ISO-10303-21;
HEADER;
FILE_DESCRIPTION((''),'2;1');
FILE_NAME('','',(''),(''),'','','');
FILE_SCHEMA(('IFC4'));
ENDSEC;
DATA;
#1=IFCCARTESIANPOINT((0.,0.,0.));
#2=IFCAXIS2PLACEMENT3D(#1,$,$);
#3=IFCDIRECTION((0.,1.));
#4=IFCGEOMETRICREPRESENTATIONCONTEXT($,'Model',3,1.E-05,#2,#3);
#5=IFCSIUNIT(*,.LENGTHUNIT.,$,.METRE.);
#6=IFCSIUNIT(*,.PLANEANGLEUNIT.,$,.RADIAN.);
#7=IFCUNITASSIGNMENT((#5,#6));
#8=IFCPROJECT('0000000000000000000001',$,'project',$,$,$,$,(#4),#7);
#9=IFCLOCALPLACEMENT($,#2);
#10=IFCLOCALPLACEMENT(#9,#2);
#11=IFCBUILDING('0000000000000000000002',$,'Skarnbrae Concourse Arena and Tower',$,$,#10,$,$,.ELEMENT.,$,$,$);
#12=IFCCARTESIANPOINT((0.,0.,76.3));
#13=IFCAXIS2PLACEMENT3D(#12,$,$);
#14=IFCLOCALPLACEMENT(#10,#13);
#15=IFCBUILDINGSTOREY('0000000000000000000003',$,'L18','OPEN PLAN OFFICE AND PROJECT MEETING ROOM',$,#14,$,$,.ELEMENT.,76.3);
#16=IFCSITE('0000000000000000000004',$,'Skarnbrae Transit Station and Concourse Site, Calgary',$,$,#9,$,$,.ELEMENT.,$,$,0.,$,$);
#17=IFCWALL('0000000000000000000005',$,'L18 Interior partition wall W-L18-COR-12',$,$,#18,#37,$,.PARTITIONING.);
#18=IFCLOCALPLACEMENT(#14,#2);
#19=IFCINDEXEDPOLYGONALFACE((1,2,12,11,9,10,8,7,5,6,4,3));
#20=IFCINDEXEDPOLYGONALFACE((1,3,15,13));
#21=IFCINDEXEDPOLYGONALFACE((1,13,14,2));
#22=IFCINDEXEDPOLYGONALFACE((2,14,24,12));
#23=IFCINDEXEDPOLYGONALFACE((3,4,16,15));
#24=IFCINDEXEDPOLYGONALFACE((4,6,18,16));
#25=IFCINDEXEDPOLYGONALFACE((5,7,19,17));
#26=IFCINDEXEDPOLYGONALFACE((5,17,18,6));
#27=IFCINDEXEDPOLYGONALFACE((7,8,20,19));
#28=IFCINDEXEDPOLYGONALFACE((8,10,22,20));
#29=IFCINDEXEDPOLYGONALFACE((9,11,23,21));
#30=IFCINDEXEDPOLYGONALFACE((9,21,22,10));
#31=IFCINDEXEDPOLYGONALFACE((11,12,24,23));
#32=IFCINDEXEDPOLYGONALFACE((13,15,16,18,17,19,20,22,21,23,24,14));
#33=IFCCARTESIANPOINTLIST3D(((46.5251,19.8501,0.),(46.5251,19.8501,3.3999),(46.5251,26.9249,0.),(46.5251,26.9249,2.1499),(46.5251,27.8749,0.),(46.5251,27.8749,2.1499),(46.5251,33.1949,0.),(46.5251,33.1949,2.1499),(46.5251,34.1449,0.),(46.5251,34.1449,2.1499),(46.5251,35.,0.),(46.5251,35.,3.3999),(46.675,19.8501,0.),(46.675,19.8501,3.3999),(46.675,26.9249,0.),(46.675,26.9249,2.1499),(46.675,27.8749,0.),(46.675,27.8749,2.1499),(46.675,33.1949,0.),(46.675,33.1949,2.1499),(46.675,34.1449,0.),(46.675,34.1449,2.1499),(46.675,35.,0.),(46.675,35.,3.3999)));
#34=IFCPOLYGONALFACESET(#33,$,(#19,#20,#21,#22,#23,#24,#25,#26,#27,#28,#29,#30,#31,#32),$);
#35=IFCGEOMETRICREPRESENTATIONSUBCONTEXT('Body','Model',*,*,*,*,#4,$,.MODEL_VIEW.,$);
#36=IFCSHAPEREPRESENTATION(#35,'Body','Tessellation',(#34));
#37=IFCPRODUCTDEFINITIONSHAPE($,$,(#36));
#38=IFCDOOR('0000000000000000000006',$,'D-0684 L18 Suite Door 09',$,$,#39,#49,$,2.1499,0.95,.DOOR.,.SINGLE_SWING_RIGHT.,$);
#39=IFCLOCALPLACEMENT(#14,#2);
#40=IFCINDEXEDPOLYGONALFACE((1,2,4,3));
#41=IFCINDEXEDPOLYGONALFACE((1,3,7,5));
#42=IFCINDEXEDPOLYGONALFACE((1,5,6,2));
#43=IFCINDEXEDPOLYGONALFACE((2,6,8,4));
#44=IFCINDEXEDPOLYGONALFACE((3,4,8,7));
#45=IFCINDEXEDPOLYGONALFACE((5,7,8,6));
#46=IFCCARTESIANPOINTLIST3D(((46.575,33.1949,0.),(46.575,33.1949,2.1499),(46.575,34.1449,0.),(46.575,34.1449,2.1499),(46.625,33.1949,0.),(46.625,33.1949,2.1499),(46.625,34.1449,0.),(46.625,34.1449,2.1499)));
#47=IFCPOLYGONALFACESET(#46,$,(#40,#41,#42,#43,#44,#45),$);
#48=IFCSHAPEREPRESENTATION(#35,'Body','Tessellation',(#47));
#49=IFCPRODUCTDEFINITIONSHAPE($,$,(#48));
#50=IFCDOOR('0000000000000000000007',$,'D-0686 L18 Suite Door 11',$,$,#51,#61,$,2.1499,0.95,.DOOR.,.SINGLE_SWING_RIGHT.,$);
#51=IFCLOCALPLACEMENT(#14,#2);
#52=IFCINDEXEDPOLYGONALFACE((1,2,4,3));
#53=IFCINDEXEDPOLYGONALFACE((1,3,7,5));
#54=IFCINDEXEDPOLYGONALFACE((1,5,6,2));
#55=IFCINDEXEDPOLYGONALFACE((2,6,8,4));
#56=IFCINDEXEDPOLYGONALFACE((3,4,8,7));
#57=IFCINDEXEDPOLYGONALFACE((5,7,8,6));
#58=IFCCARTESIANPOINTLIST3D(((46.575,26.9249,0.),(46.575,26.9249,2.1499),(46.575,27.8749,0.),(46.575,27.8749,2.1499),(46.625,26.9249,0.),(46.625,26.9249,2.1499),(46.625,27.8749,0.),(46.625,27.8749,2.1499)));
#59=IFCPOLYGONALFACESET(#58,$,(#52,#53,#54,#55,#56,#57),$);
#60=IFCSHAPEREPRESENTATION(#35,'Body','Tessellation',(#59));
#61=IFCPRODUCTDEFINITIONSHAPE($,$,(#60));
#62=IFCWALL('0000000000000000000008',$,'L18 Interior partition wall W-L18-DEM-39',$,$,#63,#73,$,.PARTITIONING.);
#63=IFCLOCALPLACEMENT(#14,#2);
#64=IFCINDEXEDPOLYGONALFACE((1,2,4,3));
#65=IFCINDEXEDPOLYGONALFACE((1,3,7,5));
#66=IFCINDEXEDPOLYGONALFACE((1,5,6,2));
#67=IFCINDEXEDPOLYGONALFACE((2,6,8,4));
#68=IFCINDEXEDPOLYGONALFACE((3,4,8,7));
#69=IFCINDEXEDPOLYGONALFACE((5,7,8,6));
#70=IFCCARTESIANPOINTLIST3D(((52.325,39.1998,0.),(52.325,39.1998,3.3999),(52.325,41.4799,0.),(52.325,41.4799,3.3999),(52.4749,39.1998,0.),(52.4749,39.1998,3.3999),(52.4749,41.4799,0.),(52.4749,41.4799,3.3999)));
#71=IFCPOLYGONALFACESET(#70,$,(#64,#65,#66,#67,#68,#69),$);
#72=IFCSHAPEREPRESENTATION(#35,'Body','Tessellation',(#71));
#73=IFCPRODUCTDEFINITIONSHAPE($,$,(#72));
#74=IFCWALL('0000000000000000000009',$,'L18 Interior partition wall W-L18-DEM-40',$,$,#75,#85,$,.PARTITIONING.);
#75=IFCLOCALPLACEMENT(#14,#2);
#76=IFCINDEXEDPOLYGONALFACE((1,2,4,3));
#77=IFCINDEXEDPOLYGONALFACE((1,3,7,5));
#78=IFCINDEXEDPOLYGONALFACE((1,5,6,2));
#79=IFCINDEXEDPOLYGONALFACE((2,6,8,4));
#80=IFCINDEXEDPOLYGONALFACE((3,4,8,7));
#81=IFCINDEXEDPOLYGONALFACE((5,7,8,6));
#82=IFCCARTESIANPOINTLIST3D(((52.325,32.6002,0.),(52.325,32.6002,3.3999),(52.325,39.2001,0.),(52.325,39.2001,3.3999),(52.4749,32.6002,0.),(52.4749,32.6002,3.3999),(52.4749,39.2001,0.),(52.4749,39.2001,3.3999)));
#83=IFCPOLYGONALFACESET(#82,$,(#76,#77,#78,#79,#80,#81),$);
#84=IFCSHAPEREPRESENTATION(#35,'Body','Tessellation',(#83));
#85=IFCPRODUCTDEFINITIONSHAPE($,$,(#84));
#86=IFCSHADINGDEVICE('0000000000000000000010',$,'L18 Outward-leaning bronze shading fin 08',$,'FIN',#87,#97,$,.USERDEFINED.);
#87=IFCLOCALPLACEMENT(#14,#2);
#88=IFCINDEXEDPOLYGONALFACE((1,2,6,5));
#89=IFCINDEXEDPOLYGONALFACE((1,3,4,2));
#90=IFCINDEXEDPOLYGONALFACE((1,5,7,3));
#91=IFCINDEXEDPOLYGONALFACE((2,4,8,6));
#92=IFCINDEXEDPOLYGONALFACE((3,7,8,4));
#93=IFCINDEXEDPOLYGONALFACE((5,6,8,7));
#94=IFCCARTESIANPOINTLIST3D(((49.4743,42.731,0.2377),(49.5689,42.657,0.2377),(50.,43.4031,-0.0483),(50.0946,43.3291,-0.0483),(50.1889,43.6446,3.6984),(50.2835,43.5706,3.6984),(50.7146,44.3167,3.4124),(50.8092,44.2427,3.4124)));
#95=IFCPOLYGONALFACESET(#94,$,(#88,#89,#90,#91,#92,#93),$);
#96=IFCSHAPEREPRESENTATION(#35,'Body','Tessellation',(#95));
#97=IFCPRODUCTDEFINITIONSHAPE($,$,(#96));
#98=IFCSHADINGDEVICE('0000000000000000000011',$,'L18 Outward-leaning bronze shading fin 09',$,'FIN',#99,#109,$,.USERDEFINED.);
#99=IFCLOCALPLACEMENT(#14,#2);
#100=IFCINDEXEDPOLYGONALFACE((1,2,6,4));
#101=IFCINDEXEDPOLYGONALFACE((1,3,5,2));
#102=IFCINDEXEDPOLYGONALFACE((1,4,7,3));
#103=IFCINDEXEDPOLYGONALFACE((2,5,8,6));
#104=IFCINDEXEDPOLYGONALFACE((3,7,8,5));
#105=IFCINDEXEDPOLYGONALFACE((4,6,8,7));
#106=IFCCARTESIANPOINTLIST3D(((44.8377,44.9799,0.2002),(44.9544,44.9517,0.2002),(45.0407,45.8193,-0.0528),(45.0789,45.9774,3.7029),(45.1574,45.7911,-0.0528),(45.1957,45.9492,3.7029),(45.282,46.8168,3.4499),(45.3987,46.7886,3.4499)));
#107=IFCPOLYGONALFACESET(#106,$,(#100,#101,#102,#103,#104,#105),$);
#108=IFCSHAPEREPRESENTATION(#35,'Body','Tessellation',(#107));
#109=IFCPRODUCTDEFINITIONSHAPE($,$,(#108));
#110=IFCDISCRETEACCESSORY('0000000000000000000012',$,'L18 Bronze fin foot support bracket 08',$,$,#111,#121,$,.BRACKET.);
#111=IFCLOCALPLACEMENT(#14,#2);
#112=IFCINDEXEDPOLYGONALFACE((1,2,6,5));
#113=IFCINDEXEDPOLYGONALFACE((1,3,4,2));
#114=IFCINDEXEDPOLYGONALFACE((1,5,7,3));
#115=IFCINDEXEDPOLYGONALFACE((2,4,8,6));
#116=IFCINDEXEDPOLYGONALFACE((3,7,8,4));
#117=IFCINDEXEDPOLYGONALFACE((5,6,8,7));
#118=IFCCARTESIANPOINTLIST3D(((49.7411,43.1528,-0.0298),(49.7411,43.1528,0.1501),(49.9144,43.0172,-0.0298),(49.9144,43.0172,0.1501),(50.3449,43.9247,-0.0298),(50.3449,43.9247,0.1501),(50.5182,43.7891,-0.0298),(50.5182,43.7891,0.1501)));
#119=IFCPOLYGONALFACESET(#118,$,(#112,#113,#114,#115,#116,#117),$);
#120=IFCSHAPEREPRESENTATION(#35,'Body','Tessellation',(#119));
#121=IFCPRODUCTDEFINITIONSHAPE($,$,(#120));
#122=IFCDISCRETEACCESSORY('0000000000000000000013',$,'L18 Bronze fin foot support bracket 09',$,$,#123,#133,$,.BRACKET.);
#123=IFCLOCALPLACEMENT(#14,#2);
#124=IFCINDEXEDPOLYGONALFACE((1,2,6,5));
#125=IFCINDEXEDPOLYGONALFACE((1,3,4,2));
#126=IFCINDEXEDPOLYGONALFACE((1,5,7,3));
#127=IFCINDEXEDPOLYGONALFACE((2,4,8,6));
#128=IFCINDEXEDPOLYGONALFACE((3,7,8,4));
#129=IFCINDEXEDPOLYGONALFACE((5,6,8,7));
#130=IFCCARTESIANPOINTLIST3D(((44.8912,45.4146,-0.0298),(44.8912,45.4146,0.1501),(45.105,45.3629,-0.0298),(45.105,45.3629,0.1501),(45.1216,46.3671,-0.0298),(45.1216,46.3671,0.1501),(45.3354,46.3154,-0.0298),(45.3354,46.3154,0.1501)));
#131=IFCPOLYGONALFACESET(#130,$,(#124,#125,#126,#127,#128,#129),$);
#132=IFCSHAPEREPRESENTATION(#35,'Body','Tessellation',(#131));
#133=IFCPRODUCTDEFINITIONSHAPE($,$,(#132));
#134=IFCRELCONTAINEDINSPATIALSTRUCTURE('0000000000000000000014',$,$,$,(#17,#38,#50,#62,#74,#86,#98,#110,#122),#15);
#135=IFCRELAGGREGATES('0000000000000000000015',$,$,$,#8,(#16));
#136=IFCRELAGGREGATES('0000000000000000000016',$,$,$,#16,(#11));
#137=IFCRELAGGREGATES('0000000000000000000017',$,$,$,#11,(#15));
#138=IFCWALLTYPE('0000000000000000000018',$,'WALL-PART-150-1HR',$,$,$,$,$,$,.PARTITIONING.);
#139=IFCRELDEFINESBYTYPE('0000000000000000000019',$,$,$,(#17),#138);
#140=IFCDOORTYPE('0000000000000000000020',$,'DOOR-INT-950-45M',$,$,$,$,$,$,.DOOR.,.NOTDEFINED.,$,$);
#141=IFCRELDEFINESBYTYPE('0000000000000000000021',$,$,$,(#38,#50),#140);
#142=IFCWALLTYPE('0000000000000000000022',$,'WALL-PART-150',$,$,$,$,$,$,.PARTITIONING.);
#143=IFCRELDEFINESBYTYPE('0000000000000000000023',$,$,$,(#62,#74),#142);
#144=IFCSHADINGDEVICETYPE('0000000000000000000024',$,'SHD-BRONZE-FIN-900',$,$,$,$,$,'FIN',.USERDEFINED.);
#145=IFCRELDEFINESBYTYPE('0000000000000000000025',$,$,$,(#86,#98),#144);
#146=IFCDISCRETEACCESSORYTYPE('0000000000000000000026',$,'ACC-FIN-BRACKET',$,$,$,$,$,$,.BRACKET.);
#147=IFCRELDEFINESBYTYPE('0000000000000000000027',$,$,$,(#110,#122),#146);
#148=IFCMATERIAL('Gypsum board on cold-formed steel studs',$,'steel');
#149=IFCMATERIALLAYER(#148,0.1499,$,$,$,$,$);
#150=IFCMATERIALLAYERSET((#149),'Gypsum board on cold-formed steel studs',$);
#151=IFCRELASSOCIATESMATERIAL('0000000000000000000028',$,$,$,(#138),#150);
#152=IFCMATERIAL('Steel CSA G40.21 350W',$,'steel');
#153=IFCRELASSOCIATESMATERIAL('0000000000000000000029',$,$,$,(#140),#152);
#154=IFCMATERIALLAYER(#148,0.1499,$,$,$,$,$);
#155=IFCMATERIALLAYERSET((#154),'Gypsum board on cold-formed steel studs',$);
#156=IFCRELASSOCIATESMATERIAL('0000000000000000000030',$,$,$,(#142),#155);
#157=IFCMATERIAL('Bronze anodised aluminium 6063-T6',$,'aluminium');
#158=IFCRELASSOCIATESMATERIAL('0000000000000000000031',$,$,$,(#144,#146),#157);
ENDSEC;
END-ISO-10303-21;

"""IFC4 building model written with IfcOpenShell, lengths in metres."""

from ifc_helpers import new_model, si_unit, direction, frame, frame_2d, origin, origin_2d, place, context, subcontext, project, spatial, rectangle, extrude, source, transform, mapped, material, layer, layer_set, type_object, element, fill, save


model = new_model("IFC4")

# Units and contexts
model_context = context("Model", 3, precision=1e-05, world=origin(), true_north=direction((0.0, 1.0)))
body_context = subcontext(model_context, "Body", "Model", "MODEL_VIEW")
ifc_project = project(units=[si_unit("LENGTHUNIT", "METRE"), si_unit("PLANEANGLEUNIT", "RADIAN")], contexts=[model_context])

# Site, building, storey
site_placement = place(None, origin())
site = spatial("IfcSite", under=ifc_project, at=site_placement, Name="Skarnbrae Transit Station and Concourse Site, Calgary", CompositionType="ELEMENT", RefElevation=0.0)
building_placement = place(site_placement, origin())
building = spatial("IfcBuilding", under=site, at=building_placement, Name="Skarnbrae Concourse Arena and Tower", CompositionType="ELEMENT")
storey_placement = place(building_placement, frame((0.0, 0.0, 76.3)))
storey = spatial("IfcBuildingStorey", under=building, at=storey_placement, Name="L18", Description="OPEN PLAN OFFICE AND PROJECT MEETING ROOM", CompositionType="ELEMENT", Elevation=76.3)

# Shared definitions
ifc_material_1 = material(Name="Steel CSA G40.21 350W", Category="steel")

# Shared definitions
ifc_material_2 = material(Name="Bronze anodised aluminium 6063-T6", Category="aluminium")

# Shared definitions
ifc_material_3 = material(Name="Gypsum board on cold-formed steel studs", Category="steel")
ifc_layer_1 = layer(ifc_material_3, 0.1499)
ifc_layer_set_1 = layer_set([ifc_layer_1], Name="Gypsum board on cold-formed steel studs")
wall_type_1 = type_object("IfcWallType", Name="WALL-PART-150-1HR", PredefinedType="PARTITIONING", material=ifc_layer_set_1)

# Wall, openings, doors
shared_shape_1 = source(origin(), body_context, "Body", "SweptSolid", [
    extrude(rectangle(XDim=15.1499, YDim=0.1499, at=frame_2d((7.575, 0.0))), origin(), (0.0, 0.0, 1.0), 3.3999),
])
wall_1_placement = place(storey_placement, frame((46.6001, 35.0, 0.0), z_axis=(0.0, 0.0, 1.0), x_axis=(0.0, -1.0, 0.0)))
wall_1 = element("IfcWall", 1, at=wall_1_placement, inside=storey, type_object=wall_type_1, Name="L18 Interior partition wall W-L18-COR-12", PredefinedType="PARTITIONING", context=body_context, shape_type="MappedRepresentation", body=[
    mapped(shared_shape_1, transform((0.0, 0.0, 0.0))),
])
opening_1_placement = place(wall_1_placement, frame((0.855, 0.0, 0.0)))
opening_1 = element("IfcOpeningElement", 2, at=opening_1_placement, cuts=wall_1, PredefinedType="OPENING", context=body_context, shape_type="SweptSolid", body=[
    extrude(rectangle(XDim=0.95, YDim=2.1499, at=frame_2d((0.4751, 1.075))), frame((0.0, 0.085, 0.0), z_axis=(0.0, -1.0, 0.0), x_axis=(1.0, 0.0, 0.0)), (0.0, 0.0, 1.0), 0.1699),
])
opening_2_placement = place(wall_1_placement, frame((7.125, 0.0, 0.0)))
opening_2 = element("IfcOpeningElement", 3, at=opening_2_placement, cuts=wall_1, PredefinedType="OPENING", context=body_context, shape_type="SweptSolid", body=[
    extrude(rectangle(XDim=0.95, YDim=2.1499, at=frame_2d((0.4751, 1.075))), frame((0.0, 0.085, 0.0), z_axis=(0.0, -1.0, 0.0), x_axis=(1.0, 0.0, 0.0)), (0.0, 0.0, 1.0), 0.1699),
])
door_type = type_object("IfcDoorType", Name="DOOR-INT-950-45M", OperationType="NOTDEFINED", PredefinedType="DOOR", material=ifc_material_1)
shared_shape_2 = source(origin(), body_context, "Body", "SweptSolid", [
    extrude(rectangle(XDim=0.95, YDim=2.1499, at=frame_2d((0.4751, 1.075))), frame((0.0, 0.0249, 0.0), z_axis=(0.0, -1.0, 0.0), x_axis=(1.0, 0.0, 0.0)), (0.0, 0.0, 1.0), 0.05),
])
door_1_placement = place(opening_1_placement, origin())
door_1 = element("IfcDoor", 4, at=door_1_placement, inside=storey, type_object=door_type, Name="D-0684 L18 Suite Door 09", OperationType="SINGLE_SWING_RIGHT", OverallHeight=2.1499, OverallWidth=0.95, PredefinedType="DOOR", context=body_context, shape_type="MappedRepresentation", body=[
    mapped(shared_shape_2, transform((0.0, 0.0, 0.0))),
])
fill(opening_1, door_1)
door_2_placement = place(opening_2_placement, origin())
door_2 = element("IfcDoor", 5, at=door_2_placement, inside=storey, type_object=door_type, Name="D-0686 L18 Suite Door 11", OperationType="SINGLE_SWING_RIGHT", OverallHeight=2.1499, OverallWidth=0.95, PredefinedType="DOOR", context=body_context, shape_type="MappedRepresentation", body=[
    mapped(shared_shape_2, transform((0.0, 0.0, 0.0))),
])
fill(opening_2, door_2)

# Walls
ifc_layer_2 = layer(ifc_material_3, 0.1499)
ifc_layer_set_2 = layer_set([ifc_layer_2], Name="Gypsum board on cold-formed steel studs")
wall_type_2 = type_object("IfcWallType", Name="WALL-PART-150", PredefinedType="PARTITIONING", material=ifc_layer_set_2)
shared_shape_3 = source(origin(), body_context, "Body", "SweptSolid", [
    extrude(rectangle(XDim=2.28, YDim=0.1499, at=frame_2d((1.1401, 0.0))), origin(), (0.0, 0.0, 1.0), 3.3999),
])
wall_2_placement = place(storey_placement, frame((52.3999, 41.48, 0.0), z_axis=(0.0, 0.0, 1.0), x_axis=(0.0, -1.0, 0.0)))
element("IfcWall", 6, at=wall_2_placement, inside=storey, type_object=wall_type_2, Name="L18 Interior partition wall W-L18-DEM-39", PredefinedType="PARTITIONING", context=body_context, shape_type="MappedRepresentation", body=[
    mapped(shared_shape_3, transform((0.0, 0.0, 0.0))),
])
shared_shape_4 = source(origin(), body_context, "Body", "SweptSolid", [
    extrude(rectangle(XDim=6.5999, YDim=0.1499, at=frame_2d((3.2998, 0.0))), origin(), (0.0, 0.0, 1.0), 3.3999),
])
wall_3_placement = place(storey_placement, frame((52.3999, 39.2, 0.0), z_axis=(0.0, 0.0, 1.0), x_axis=(0.0, -1.0, 0.0)))
element("IfcWall", 7, at=wall_3_placement, inside=storey, type_object=wall_type_2, Name="L18 Interior partition wall W-L18-DEM-40", PredefinedType="PARTITIONING", context=body_context, shape_type="MappedRepresentation", body=[
    mapped(shared_shape_4, transform((0.0, 0.0, 0.0))),
])

# Shading devices
shading_device_type = type_object("IfcShadingDeviceType", Name="SHD-BRONZE-FIN-900", ElementType="FIN", PredefinedType="USERDEFINED", material=ifc_material_2)
shared_shape_5 = source(origin(), body_context, "Body", "SweptSolid", [
    extrude(rectangle(XDim=0.1201, YDim=0.8999, at=origin_2d()), origin(), (0.0, 0.0, 1.0), 3.6499),
])
for number, where, z_axis, x_axis, name in (
    (8, (49.7844, 43.03, 0.0947), (0.195802, 0.250318, 0.948157), (0.787656, -0.616115, 0.0), "L18 Outward-leaning bronze shading fin 08"),
    (9, (44.9976, 45.3855, 0.0737), (0.0661, 0.273289, 0.959658), (0.971973, -0.235091, 0.0), "L18 Outward-leaning bronze shading fin 09"),
):
    element("IfcShadingDevice", number, at=place(storey_placement, frame(where, z_axis=z_axis, x_axis=x_axis)), inside=storey, type_object=shading_device_type, Name=name, ObjectType="FIN", PredefinedType="USERDEFINED", context=body_context, shape_type="MappedRepresentation", body=[
        mapped(shared_shape_5, transform((0.0, 0.0, 0.0))),
    ])

# Discrete accessories
discrete_accessory_type = type_object("IfcDiscreteAccessoryType", Name="ACC-FIN-BRACKET", PredefinedType="BRACKET", material=ifc_material_2)
shared_shape_6 = source(origin(), body_context, "Body", "SweptSolid", [
    extrude(rectangle(XDim=0.22, YDim=0.98, at=origin_2d()), origin(), (0.0, 0.0, 1.0), 0.1799),
])
for number, where, z_axis, x_axis, name in (
    (10, (50.1296, 43.4709, -0.0298), (0.0, 0.0, 1.0), (0.787656, -0.616115, 0.0), "L18 Bronze fin foot support bracket 08"),
    (11, (45.1133, 45.865, -0.0298), (0.0, 0.0, 1.0), (0.971973, -0.235091, 0.0), "L18 Bronze fin foot support bracket 09"),
):
    element("IfcDiscreteAccessory", number, at=place(storey_placement, frame(where, z_axis=z_axis, x_axis=x_axis)), inside=storey, type_object=discrete_accessory_type, Name=name, PredefinedType="BRACKET", context=body_context, shape_type="MappedRepresentation", body=[
        mapped(shared_shape_6, transform((0.0, 0.0, 0.0))),
    ])

save(model, "model.ifc")
